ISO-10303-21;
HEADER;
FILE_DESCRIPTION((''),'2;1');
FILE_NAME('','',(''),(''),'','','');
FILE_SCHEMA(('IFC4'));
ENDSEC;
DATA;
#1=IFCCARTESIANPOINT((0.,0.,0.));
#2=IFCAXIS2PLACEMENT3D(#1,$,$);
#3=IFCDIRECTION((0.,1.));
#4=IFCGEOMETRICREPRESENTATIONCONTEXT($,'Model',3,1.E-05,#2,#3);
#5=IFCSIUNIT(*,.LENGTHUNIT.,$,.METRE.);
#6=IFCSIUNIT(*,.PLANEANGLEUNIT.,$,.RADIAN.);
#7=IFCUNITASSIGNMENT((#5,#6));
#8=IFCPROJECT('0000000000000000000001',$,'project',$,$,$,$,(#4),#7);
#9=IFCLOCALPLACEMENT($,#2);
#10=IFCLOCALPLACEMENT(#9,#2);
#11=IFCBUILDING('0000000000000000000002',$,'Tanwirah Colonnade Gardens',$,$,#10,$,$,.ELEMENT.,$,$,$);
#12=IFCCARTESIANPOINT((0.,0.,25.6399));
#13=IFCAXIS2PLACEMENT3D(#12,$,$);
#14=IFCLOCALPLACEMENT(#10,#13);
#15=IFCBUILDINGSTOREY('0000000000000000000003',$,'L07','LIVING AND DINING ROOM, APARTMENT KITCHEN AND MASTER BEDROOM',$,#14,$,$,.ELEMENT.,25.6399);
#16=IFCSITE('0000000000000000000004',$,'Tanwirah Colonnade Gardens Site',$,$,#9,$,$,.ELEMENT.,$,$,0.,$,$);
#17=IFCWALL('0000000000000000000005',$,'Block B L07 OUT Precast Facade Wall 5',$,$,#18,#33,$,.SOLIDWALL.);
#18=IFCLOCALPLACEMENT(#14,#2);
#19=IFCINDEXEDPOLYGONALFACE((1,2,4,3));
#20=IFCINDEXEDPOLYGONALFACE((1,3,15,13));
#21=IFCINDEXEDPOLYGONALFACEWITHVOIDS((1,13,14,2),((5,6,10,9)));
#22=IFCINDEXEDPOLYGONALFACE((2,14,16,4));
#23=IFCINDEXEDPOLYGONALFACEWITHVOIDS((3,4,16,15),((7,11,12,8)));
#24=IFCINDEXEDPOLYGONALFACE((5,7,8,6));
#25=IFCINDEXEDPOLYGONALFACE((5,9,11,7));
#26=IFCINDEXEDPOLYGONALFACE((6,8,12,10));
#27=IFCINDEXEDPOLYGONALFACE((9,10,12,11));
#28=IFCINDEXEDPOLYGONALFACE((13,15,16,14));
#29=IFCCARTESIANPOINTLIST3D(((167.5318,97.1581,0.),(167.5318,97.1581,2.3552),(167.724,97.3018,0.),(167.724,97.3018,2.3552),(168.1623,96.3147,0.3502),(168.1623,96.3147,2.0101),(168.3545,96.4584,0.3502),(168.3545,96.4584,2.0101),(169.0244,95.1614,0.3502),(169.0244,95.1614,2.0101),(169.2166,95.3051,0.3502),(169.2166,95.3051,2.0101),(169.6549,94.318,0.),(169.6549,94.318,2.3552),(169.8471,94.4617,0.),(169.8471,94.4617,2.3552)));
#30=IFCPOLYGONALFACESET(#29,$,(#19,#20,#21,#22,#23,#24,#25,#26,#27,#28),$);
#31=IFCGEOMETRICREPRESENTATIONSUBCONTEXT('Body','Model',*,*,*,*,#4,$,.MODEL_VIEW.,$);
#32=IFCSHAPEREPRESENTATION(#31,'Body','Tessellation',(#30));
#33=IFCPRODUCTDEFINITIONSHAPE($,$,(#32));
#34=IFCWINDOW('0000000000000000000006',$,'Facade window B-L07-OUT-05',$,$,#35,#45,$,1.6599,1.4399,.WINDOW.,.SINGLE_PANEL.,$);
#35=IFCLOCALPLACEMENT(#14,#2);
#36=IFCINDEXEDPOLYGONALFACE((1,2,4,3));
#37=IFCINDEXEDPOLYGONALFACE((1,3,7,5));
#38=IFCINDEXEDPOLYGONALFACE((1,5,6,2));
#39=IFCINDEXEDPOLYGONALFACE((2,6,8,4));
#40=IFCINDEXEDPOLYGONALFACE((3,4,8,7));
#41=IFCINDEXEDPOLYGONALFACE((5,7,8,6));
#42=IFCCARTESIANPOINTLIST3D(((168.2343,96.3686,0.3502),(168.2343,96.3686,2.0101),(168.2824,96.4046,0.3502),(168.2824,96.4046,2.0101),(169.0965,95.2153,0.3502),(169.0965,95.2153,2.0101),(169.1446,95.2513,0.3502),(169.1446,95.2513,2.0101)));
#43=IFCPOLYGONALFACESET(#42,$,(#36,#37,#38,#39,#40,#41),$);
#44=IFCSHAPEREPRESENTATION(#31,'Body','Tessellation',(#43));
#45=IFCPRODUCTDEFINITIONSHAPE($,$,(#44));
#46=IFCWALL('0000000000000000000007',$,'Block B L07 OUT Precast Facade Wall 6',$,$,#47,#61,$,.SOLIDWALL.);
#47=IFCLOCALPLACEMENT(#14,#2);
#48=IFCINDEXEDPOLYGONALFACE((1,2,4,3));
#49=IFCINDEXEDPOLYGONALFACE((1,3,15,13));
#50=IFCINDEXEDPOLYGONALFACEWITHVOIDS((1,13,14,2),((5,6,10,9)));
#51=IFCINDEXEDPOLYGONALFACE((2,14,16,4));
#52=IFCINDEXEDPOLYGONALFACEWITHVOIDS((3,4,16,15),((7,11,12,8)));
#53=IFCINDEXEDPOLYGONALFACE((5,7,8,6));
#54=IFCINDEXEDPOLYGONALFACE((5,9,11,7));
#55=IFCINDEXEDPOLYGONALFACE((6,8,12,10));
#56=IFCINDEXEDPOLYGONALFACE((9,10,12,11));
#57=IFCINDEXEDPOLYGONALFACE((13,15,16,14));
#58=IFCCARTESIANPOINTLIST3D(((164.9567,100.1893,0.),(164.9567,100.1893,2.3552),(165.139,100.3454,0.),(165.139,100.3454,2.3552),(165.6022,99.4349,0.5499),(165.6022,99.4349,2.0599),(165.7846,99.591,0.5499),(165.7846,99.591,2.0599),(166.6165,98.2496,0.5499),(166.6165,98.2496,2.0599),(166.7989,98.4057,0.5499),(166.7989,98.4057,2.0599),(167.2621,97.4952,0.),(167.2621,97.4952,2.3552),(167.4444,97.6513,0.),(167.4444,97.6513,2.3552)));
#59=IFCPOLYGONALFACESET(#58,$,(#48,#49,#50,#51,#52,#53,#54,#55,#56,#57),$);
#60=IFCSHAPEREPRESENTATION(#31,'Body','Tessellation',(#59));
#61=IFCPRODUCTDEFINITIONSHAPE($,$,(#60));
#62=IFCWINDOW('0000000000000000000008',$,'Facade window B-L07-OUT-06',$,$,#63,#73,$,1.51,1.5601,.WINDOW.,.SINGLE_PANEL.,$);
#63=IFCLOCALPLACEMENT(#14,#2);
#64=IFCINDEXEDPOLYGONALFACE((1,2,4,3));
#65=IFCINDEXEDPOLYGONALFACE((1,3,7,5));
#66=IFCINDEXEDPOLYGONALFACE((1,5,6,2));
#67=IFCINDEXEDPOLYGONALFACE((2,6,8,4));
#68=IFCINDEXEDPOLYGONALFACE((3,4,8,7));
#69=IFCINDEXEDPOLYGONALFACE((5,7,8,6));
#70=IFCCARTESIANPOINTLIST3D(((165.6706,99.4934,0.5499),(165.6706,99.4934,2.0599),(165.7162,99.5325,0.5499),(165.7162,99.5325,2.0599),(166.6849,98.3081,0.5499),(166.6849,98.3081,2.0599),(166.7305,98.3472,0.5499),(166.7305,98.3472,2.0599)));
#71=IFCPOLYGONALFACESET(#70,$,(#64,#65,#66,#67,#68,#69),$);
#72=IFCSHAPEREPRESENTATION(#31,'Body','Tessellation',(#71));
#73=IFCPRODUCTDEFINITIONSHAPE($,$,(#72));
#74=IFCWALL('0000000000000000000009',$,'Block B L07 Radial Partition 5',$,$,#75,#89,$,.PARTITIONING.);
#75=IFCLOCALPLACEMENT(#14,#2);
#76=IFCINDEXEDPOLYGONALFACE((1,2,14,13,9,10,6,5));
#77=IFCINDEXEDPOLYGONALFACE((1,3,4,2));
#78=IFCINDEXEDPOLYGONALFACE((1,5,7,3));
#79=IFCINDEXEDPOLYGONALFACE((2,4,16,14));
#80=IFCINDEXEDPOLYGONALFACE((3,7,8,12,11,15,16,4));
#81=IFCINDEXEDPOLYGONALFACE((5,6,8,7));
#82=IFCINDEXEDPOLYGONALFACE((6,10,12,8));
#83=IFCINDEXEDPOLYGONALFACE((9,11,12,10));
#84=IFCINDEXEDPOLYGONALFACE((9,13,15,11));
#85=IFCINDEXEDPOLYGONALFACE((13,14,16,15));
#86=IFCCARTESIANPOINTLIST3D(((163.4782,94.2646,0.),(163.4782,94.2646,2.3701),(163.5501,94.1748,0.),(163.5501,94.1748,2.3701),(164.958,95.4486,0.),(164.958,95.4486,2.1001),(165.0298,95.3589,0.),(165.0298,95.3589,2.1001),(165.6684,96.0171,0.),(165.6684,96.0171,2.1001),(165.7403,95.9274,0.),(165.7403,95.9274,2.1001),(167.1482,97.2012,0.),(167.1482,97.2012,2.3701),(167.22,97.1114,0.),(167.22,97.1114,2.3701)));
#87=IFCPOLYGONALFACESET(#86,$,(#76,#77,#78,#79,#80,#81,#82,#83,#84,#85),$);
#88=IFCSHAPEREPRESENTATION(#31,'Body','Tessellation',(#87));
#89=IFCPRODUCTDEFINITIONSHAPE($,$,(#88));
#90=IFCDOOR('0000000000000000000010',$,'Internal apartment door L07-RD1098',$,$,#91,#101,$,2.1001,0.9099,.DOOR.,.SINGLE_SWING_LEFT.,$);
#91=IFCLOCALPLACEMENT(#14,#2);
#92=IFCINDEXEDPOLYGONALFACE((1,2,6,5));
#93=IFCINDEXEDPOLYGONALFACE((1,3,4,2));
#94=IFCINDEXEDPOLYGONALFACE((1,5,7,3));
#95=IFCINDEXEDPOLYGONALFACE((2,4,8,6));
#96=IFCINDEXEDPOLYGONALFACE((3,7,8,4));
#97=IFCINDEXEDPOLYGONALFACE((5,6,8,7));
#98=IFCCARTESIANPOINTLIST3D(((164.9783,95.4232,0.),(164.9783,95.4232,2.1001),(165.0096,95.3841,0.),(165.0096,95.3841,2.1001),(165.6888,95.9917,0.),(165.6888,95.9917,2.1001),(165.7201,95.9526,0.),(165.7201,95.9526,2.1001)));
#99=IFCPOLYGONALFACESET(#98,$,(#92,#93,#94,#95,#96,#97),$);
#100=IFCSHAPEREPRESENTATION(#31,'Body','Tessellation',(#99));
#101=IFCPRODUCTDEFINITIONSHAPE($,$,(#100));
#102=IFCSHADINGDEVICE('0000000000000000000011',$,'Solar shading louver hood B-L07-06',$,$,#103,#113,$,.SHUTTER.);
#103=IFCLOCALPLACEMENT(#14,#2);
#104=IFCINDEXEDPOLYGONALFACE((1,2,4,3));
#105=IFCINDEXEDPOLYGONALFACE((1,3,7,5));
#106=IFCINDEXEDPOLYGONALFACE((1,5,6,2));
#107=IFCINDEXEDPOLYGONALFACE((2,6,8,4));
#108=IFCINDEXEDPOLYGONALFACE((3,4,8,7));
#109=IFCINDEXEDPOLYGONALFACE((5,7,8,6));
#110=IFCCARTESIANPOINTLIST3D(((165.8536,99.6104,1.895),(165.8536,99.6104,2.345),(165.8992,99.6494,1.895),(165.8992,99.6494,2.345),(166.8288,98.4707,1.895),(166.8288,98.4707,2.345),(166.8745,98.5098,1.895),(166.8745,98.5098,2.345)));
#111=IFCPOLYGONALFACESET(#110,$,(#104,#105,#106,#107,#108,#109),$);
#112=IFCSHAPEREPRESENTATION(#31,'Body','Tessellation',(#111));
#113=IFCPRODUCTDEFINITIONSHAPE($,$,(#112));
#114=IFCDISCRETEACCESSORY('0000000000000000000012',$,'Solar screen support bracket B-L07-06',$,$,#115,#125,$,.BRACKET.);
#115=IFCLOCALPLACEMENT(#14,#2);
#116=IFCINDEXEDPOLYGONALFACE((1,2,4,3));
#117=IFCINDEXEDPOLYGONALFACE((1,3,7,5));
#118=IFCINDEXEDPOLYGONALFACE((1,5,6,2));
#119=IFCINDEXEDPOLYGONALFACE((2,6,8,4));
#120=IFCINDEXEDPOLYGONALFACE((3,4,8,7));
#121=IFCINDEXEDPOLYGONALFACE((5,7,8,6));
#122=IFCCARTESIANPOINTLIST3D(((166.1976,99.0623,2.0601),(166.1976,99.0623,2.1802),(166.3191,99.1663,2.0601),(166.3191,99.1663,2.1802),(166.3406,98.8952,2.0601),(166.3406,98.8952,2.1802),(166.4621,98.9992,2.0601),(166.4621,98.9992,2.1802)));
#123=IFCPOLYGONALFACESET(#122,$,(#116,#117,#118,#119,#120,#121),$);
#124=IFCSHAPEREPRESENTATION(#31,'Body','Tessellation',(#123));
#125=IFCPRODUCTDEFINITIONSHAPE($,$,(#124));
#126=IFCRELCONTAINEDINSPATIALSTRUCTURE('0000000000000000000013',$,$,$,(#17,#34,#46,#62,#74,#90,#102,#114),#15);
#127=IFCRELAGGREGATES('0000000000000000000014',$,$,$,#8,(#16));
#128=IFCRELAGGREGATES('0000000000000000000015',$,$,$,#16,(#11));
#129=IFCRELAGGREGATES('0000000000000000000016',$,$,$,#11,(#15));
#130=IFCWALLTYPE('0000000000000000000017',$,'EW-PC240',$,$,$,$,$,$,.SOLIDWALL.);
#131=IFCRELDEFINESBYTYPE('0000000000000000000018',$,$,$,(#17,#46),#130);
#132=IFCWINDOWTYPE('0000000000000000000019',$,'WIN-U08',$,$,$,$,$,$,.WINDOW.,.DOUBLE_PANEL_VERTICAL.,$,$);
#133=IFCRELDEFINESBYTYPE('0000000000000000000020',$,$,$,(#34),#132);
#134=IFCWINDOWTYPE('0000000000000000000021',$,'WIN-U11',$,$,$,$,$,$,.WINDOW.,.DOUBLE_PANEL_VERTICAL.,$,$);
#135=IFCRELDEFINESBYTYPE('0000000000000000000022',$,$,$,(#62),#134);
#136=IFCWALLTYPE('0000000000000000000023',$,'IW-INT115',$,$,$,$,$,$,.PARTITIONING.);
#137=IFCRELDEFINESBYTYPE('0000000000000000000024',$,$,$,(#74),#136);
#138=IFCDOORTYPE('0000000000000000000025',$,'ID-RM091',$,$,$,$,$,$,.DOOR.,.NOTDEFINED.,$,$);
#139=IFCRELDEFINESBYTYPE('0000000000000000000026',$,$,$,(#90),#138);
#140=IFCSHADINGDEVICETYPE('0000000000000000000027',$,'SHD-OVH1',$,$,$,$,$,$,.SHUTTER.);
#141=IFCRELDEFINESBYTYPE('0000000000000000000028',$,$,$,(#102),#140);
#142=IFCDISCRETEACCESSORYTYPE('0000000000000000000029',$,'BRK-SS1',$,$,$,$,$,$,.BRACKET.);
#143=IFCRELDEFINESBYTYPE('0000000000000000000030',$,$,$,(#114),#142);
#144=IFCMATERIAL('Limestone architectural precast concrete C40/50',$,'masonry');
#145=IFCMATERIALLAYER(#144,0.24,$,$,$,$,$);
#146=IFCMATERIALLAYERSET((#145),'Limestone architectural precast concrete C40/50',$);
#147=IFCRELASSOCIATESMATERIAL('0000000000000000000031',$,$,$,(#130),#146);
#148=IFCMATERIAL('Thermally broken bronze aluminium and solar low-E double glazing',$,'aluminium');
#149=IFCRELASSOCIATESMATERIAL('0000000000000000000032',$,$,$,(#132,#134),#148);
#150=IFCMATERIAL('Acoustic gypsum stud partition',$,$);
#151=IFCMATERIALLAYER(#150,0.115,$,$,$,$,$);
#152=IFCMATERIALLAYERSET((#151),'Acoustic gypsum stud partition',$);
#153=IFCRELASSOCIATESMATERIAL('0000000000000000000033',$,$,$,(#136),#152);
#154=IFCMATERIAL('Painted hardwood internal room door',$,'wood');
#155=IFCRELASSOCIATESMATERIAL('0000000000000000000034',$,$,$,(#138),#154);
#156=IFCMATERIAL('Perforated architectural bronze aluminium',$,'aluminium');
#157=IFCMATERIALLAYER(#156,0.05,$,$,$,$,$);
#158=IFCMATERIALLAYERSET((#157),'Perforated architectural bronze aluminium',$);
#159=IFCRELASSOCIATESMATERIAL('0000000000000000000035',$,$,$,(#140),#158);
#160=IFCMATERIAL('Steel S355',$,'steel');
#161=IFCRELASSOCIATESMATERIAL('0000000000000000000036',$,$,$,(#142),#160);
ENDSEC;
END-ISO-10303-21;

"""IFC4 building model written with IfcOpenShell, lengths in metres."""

from ifc_helpers import new_model, si_unit, direction, frame, frame_2d, origin, origin_2d, place, context, subcontext, project, spatial, rectangle, extrude, material, layer, layer_set, type_object, element, fill, save


model = new_model("IFC4")

# Units and contexts
model_context = context("Model", 3, precision=1e-05, world=origin(), true_north=direction((0.0, 1.0)))
body_context = subcontext(model_context, "Body", "Model", "MODEL_VIEW")
ifc_project = project(units=[si_unit("LENGTHUNIT", "METRE"), si_unit("PLANEANGLEUNIT", "RADIAN")], contexts=[model_context])

# Site, building, storey
site_placement = place(None, origin())
site = spatial("IfcSite", under=ifc_project, at=site_placement, Name="Tanwirah Colonnade Gardens Site", CompositionType="ELEMENT", RefElevation=0.0)
building_placement = place(site_placement, origin())
building = spatial("IfcBuilding", under=site, at=building_placement, Name="Tanwirah Colonnade Gardens", CompositionType="ELEMENT")
storey_placement = place(building_placement, frame((0.0, 0.0, 25.6399)))
storey = spatial("IfcBuildingStorey", under=building, at=storey_placement, Name="L07", Description="LIVING AND DINING ROOM, APARTMENT KITCHEN AND MASTER BEDROOM", CompositionType="ELEMENT", Elevation=25.6399)

# Walls, openings, windows
ifc_material_1 = material(Name="Limestone architectural precast concrete C40/50", Category="masonry")
ifc_layer_1 = layer(ifc_material_1, 0.24)
ifc_layer_set_1 = layer_set([ifc_layer_1], Name="Limestone architectural precast concrete C40/50")
wall_type_1 = type_object("IfcWallType", Name="EW-PC240", PredefinedType="SOLIDWALL", material=ifc_layer_set_1)
ifc_material_2 = material(Name="Thermally broken bronze aluminium and solar low-E double glazing", Category="aluminium")
wall_1_placement = place(storey_placement, frame((169.751, 94.3899, 0.0), z_axis=(0.0, 0.0, 1.0), x_axis=(-0.598732, 0.800949, 0.0)))
wall_1 = element("IfcWall", 1, at=wall_1_placement, inside=storey, type_object=wall_type_1, Name="Block B L07 OUT Precast Facade Wall 5", PredefinedType="SOLIDWALL", context=body_context, shape_type="SweptSolid", body=[
    extrude(rectangle(XDim=3.5459, YDim=0.24, at=frame_2d((1.7729, 0.0))), origin(), (0.0, 0.0, 1.0), 2.3552),
])
opening_1_placement = place(wall_1_placement, frame((1.053, 0.0, 0.3501)))
opening_1 = element("IfcOpeningElement", 2, at=opening_1_placement, cuts=wall_1, PredefinedType="OPENING", context=body_context, shape_type="SweptSolid", body=[
    extrude(rectangle(XDim=1.4399, YDim=1.6599, at=frame_2d((0.72, 0.8301))), frame((0.0, 0.1299, 0.0), z_axis=(0.0, -1.0, 0.0), x_axis=(1.0, 0.0, 0.0)), (0.0, 0.0, 1.0), 0.26),
])
window_type_1 = type_object("IfcWindowType", Name="WIN-U08", PartitioningType="DOUBLE_PANEL_VERTICAL", PredefinedType="WINDOW", material=ifc_material_2)
window_1_placement = place(opening_1_placement, origin())
window_1 = element("IfcWindow", 3, at=window_1_placement, inside=storey, type_object=window_type_1, Name="Facade window B-L07-OUT-05", OverallHeight=1.6599, OverallWidth=1.4399, PartitioningType="SINGLE_PANEL", PredefinedType="WINDOW", context=body_context, shape_type="SweptSolid", body=[
    extrude(rectangle(XDim=1.4399, YDim=1.6599, at=frame_2d((0.72, 0.8301))), frame((0.0, 0.03, 0.0), z_axis=(0.0, -1.0, 0.0), x_axis=(1.0, 0.0, 0.0)), (0.0, 0.0, 1.0), 0.0601),
])
fill(opening_1, window_1)
wall_2_placement = place(storey_placement, frame((167.3533, 97.5732, 0.0), z_axis=(0.0, 0.0, 1.0), x_axis=(-0.650173, 0.759786, 0.0)))
wall_2 = element("IfcWall", 4, at=wall_2_placement, inside=storey, type_object=wall_type_1, Name="Block B L07 OUT Precast Facade Wall 6", PredefinedType="SOLIDWALL", context=body_context, shape_type="SweptSolid", body=[
    extrude(rectangle(XDim=3.5459, YDim=0.24, at=frame_2d((1.7729, 0.0))), origin(), (0.0, 0.0, 1.0), 2.3552),
])
opening_2_placement = place(wall_2_placement, frame((0.9929, 0.0, 0.55)))
opening_2 = element("IfcOpeningElement", 5, at=opening_2_placement, cuts=wall_2, PredefinedType="OPENING", context=body_context, shape_type="SweptSolid", body=[
    extrude(rectangle(XDim=1.5601, YDim=1.51, at=frame_2d((0.78, 0.7549))), frame((0.0, 0.1299, 0.0), z_axis=(0.0, -1.0, 0.0), x_axis=(1.0, 0.0, 0.0)), (0.0, 0.0, 1.0), 0.26),
])
window_type_2 = type_object("IfcWindowType", Name="WIN-U11", PartitioningType="DOUBLE_PANEL_VERTICAL", PredefinedType="WINDOW", material=ifc_material_2)
window_2_placement = place(opening_2_placement, origin())
window_2 = element("IfcWindow", 6, at=window_2_placement, inside=storey, type_object=window_type_2, Name="Facade window B-L07-OUT-06", OverallHeight=1.51, OverallWidth=1.5601, PartitioningType="SINGLE_PANEL", PredefinedType="WINDOW", context=body_context, shape_type="SweptSolid", body=[
    extrude(rectangle(XDim=1.5601, YDim=1.51, at=frame_2d((0.78, 0.7549))), frame((0.0, 0.03, 0.0), z_axis=(0.0, -1.0, 0.0), x_axis=(1.0, 0.0, 0.0)), (0.0, 0.0, 1.0), 0.0601),
])
fill(opening_2, window_2)

# Wall, opening, door
ifc_material_3 = material(Name="Acoustic gypsum stud partition")
ifc_layer_2 = layer(ifc_material_3, 0.115)
ifc_layer_set_2 = layer_set([ifc_layer_2], Name="Acoustic gypsum stud partition")
wall_type_2 = type_object("IfcWallType", Name="IW-INT115", PredefinedType="PARTITIONING", material=ifc_layer_set_2)
wall_3_placement = place(storey_placement, frame((163.5142, 94.2197, 0.0), z_axis=(0.0, 0.0, 1.0), x_axis=(0.780808, 0.624771, 0.0)))
wall_3 = element("IfcWall", 7, at=wall_3_placement, inside=storey, type_object=wall_type_2, Name="Block B L07 Radial Partition 5", PredefinedType="PARTITIONING", context=body_context, shape_type="SweptSolid", body=[
    extrude(rectangle(XDim=4.7002, YDim=0.115, at=frame_2d((2.3501, 0.0))), origin(), (0.0, 0.0, 1.0), 2.3701),
])
opening_3_placement = place(wall_3_placement, frame((1.895, 0.0, 0.0)))
opening_3 = element("IfcOpeningElement", 8, at=opening_3_placement, cuts=wall_3, PredefinedType="OPENING", context=body_context, shape_type="SweptSolid", body=[
    extrude(rectangle(XDim=0.9099, YDim=2.1001, at=frame_2d((0.4551, 1.05))), frame((0.0, 0.0674, 0.0), z_axis=(0.0, -1.0, 0.0), x_axis=(1.0, 0.0, 0.0)), (0.0, 0.0, 1.0), 0.135),
])
ifc_material_4 = material(Name="Painted hardwood internal room door", Category="wood")
door_type_1 = type_object("IfcDoorType", Name="ID-RM091", OperationType="NOTDEFINED", PredefinedType="DOOR", material=ifc_material_4)
door_1_placement = place(opening_3_placement, origin())
door_1 = element("IfcDoor", 9, at=door_1_placement, inside=storey, type_object=door_type_1, Name="Internal apartment door L07-RD1098", OperationType="SINGLE_SWING_LEFT", OverallHeight=2.1001, OverallWidth=0.9099, PredefinedType="DOOR", context=body_context, shape_type="SweptSolid", body=[
    extrude(rectangle(XDim=0.9099, YDim=2.1001, at=frame_2d((0.4551, 1.05))), frame((0.0, 0.0249, 0.0), z_axis=(0.0, -1.0, 0.0), x_axis=(1.0, 0.0, 0.0)), (0.0, 0.0, 1.0), 0.05),
])
fill(opening_3, door_1)

# Shading device
ifc_material_5 = material(Name="Perforated architectural bronze aluminium", Category="aluminium")
ifc_layer_3 = layer(ifc_material_5, 0.05)
ifc_layer_set_3 = layer_set([ifc_layer_3], Name="Perforated architectural bronze aluminium")
shading_device_type = type_object("IfcShadingDeviceType", Name="SHD-OVH1", PredefinedType="SHUTTER", material=ifc_layer_set_3)
shading_device_placement = place(storey_placement, frame((166.364, 99.0601, 1.895), z_axis=(0.0, 0.0, 1.0), x_axis=(-0.650186, 0.759775, 0.0)))
element("IfcShadingDevice", 10, at=shading_device_placement, inside=storey, type_object=shading_device_type, Name="Solar shading louver hood B-L07-06", PredefinedType="SHUTTER", context=body_context, shape_type="SweptSolid", body=[
    extrude(rectangle(XDim=1.5, YDim=0.0601, at=origin_2d()), origin(), (0.0, 0.0, 1.0), 0.45),
])

# Discrete accessory
ifc_material_6 = material(Name="Steel S355", Category="steel")
discrete_accessory_type = type_object("IfcDiscreteAccessoryType", Name="BRK-SS1", PredefinedType="BRACKET", material=ifc_material_6)
discrete_accessory_placement = place(storey_placement, frame((166.3298, 99.0308, 2.0601), z_axis=(0.0, 0.0, 1.0), x_axis=(-0.650186, 0.759775, 0.0)))
element("IfcDiscreteAccessory", 11, at=discrete_accessory_placement, inside=storey, type_object=discrete_accessory_type, Name="Solar screen support bracket B-L07-06", PredefinedType="BRACKET", context=body_context, shape_type="SweptSolid", body=[
    extrude(rectangle(XDim=0.22, YDim=0.1599, at=origin_2d()), origin(), (0.0, 0.0, 1.0), 0.1201),
])

save(model, "model.ifc")
